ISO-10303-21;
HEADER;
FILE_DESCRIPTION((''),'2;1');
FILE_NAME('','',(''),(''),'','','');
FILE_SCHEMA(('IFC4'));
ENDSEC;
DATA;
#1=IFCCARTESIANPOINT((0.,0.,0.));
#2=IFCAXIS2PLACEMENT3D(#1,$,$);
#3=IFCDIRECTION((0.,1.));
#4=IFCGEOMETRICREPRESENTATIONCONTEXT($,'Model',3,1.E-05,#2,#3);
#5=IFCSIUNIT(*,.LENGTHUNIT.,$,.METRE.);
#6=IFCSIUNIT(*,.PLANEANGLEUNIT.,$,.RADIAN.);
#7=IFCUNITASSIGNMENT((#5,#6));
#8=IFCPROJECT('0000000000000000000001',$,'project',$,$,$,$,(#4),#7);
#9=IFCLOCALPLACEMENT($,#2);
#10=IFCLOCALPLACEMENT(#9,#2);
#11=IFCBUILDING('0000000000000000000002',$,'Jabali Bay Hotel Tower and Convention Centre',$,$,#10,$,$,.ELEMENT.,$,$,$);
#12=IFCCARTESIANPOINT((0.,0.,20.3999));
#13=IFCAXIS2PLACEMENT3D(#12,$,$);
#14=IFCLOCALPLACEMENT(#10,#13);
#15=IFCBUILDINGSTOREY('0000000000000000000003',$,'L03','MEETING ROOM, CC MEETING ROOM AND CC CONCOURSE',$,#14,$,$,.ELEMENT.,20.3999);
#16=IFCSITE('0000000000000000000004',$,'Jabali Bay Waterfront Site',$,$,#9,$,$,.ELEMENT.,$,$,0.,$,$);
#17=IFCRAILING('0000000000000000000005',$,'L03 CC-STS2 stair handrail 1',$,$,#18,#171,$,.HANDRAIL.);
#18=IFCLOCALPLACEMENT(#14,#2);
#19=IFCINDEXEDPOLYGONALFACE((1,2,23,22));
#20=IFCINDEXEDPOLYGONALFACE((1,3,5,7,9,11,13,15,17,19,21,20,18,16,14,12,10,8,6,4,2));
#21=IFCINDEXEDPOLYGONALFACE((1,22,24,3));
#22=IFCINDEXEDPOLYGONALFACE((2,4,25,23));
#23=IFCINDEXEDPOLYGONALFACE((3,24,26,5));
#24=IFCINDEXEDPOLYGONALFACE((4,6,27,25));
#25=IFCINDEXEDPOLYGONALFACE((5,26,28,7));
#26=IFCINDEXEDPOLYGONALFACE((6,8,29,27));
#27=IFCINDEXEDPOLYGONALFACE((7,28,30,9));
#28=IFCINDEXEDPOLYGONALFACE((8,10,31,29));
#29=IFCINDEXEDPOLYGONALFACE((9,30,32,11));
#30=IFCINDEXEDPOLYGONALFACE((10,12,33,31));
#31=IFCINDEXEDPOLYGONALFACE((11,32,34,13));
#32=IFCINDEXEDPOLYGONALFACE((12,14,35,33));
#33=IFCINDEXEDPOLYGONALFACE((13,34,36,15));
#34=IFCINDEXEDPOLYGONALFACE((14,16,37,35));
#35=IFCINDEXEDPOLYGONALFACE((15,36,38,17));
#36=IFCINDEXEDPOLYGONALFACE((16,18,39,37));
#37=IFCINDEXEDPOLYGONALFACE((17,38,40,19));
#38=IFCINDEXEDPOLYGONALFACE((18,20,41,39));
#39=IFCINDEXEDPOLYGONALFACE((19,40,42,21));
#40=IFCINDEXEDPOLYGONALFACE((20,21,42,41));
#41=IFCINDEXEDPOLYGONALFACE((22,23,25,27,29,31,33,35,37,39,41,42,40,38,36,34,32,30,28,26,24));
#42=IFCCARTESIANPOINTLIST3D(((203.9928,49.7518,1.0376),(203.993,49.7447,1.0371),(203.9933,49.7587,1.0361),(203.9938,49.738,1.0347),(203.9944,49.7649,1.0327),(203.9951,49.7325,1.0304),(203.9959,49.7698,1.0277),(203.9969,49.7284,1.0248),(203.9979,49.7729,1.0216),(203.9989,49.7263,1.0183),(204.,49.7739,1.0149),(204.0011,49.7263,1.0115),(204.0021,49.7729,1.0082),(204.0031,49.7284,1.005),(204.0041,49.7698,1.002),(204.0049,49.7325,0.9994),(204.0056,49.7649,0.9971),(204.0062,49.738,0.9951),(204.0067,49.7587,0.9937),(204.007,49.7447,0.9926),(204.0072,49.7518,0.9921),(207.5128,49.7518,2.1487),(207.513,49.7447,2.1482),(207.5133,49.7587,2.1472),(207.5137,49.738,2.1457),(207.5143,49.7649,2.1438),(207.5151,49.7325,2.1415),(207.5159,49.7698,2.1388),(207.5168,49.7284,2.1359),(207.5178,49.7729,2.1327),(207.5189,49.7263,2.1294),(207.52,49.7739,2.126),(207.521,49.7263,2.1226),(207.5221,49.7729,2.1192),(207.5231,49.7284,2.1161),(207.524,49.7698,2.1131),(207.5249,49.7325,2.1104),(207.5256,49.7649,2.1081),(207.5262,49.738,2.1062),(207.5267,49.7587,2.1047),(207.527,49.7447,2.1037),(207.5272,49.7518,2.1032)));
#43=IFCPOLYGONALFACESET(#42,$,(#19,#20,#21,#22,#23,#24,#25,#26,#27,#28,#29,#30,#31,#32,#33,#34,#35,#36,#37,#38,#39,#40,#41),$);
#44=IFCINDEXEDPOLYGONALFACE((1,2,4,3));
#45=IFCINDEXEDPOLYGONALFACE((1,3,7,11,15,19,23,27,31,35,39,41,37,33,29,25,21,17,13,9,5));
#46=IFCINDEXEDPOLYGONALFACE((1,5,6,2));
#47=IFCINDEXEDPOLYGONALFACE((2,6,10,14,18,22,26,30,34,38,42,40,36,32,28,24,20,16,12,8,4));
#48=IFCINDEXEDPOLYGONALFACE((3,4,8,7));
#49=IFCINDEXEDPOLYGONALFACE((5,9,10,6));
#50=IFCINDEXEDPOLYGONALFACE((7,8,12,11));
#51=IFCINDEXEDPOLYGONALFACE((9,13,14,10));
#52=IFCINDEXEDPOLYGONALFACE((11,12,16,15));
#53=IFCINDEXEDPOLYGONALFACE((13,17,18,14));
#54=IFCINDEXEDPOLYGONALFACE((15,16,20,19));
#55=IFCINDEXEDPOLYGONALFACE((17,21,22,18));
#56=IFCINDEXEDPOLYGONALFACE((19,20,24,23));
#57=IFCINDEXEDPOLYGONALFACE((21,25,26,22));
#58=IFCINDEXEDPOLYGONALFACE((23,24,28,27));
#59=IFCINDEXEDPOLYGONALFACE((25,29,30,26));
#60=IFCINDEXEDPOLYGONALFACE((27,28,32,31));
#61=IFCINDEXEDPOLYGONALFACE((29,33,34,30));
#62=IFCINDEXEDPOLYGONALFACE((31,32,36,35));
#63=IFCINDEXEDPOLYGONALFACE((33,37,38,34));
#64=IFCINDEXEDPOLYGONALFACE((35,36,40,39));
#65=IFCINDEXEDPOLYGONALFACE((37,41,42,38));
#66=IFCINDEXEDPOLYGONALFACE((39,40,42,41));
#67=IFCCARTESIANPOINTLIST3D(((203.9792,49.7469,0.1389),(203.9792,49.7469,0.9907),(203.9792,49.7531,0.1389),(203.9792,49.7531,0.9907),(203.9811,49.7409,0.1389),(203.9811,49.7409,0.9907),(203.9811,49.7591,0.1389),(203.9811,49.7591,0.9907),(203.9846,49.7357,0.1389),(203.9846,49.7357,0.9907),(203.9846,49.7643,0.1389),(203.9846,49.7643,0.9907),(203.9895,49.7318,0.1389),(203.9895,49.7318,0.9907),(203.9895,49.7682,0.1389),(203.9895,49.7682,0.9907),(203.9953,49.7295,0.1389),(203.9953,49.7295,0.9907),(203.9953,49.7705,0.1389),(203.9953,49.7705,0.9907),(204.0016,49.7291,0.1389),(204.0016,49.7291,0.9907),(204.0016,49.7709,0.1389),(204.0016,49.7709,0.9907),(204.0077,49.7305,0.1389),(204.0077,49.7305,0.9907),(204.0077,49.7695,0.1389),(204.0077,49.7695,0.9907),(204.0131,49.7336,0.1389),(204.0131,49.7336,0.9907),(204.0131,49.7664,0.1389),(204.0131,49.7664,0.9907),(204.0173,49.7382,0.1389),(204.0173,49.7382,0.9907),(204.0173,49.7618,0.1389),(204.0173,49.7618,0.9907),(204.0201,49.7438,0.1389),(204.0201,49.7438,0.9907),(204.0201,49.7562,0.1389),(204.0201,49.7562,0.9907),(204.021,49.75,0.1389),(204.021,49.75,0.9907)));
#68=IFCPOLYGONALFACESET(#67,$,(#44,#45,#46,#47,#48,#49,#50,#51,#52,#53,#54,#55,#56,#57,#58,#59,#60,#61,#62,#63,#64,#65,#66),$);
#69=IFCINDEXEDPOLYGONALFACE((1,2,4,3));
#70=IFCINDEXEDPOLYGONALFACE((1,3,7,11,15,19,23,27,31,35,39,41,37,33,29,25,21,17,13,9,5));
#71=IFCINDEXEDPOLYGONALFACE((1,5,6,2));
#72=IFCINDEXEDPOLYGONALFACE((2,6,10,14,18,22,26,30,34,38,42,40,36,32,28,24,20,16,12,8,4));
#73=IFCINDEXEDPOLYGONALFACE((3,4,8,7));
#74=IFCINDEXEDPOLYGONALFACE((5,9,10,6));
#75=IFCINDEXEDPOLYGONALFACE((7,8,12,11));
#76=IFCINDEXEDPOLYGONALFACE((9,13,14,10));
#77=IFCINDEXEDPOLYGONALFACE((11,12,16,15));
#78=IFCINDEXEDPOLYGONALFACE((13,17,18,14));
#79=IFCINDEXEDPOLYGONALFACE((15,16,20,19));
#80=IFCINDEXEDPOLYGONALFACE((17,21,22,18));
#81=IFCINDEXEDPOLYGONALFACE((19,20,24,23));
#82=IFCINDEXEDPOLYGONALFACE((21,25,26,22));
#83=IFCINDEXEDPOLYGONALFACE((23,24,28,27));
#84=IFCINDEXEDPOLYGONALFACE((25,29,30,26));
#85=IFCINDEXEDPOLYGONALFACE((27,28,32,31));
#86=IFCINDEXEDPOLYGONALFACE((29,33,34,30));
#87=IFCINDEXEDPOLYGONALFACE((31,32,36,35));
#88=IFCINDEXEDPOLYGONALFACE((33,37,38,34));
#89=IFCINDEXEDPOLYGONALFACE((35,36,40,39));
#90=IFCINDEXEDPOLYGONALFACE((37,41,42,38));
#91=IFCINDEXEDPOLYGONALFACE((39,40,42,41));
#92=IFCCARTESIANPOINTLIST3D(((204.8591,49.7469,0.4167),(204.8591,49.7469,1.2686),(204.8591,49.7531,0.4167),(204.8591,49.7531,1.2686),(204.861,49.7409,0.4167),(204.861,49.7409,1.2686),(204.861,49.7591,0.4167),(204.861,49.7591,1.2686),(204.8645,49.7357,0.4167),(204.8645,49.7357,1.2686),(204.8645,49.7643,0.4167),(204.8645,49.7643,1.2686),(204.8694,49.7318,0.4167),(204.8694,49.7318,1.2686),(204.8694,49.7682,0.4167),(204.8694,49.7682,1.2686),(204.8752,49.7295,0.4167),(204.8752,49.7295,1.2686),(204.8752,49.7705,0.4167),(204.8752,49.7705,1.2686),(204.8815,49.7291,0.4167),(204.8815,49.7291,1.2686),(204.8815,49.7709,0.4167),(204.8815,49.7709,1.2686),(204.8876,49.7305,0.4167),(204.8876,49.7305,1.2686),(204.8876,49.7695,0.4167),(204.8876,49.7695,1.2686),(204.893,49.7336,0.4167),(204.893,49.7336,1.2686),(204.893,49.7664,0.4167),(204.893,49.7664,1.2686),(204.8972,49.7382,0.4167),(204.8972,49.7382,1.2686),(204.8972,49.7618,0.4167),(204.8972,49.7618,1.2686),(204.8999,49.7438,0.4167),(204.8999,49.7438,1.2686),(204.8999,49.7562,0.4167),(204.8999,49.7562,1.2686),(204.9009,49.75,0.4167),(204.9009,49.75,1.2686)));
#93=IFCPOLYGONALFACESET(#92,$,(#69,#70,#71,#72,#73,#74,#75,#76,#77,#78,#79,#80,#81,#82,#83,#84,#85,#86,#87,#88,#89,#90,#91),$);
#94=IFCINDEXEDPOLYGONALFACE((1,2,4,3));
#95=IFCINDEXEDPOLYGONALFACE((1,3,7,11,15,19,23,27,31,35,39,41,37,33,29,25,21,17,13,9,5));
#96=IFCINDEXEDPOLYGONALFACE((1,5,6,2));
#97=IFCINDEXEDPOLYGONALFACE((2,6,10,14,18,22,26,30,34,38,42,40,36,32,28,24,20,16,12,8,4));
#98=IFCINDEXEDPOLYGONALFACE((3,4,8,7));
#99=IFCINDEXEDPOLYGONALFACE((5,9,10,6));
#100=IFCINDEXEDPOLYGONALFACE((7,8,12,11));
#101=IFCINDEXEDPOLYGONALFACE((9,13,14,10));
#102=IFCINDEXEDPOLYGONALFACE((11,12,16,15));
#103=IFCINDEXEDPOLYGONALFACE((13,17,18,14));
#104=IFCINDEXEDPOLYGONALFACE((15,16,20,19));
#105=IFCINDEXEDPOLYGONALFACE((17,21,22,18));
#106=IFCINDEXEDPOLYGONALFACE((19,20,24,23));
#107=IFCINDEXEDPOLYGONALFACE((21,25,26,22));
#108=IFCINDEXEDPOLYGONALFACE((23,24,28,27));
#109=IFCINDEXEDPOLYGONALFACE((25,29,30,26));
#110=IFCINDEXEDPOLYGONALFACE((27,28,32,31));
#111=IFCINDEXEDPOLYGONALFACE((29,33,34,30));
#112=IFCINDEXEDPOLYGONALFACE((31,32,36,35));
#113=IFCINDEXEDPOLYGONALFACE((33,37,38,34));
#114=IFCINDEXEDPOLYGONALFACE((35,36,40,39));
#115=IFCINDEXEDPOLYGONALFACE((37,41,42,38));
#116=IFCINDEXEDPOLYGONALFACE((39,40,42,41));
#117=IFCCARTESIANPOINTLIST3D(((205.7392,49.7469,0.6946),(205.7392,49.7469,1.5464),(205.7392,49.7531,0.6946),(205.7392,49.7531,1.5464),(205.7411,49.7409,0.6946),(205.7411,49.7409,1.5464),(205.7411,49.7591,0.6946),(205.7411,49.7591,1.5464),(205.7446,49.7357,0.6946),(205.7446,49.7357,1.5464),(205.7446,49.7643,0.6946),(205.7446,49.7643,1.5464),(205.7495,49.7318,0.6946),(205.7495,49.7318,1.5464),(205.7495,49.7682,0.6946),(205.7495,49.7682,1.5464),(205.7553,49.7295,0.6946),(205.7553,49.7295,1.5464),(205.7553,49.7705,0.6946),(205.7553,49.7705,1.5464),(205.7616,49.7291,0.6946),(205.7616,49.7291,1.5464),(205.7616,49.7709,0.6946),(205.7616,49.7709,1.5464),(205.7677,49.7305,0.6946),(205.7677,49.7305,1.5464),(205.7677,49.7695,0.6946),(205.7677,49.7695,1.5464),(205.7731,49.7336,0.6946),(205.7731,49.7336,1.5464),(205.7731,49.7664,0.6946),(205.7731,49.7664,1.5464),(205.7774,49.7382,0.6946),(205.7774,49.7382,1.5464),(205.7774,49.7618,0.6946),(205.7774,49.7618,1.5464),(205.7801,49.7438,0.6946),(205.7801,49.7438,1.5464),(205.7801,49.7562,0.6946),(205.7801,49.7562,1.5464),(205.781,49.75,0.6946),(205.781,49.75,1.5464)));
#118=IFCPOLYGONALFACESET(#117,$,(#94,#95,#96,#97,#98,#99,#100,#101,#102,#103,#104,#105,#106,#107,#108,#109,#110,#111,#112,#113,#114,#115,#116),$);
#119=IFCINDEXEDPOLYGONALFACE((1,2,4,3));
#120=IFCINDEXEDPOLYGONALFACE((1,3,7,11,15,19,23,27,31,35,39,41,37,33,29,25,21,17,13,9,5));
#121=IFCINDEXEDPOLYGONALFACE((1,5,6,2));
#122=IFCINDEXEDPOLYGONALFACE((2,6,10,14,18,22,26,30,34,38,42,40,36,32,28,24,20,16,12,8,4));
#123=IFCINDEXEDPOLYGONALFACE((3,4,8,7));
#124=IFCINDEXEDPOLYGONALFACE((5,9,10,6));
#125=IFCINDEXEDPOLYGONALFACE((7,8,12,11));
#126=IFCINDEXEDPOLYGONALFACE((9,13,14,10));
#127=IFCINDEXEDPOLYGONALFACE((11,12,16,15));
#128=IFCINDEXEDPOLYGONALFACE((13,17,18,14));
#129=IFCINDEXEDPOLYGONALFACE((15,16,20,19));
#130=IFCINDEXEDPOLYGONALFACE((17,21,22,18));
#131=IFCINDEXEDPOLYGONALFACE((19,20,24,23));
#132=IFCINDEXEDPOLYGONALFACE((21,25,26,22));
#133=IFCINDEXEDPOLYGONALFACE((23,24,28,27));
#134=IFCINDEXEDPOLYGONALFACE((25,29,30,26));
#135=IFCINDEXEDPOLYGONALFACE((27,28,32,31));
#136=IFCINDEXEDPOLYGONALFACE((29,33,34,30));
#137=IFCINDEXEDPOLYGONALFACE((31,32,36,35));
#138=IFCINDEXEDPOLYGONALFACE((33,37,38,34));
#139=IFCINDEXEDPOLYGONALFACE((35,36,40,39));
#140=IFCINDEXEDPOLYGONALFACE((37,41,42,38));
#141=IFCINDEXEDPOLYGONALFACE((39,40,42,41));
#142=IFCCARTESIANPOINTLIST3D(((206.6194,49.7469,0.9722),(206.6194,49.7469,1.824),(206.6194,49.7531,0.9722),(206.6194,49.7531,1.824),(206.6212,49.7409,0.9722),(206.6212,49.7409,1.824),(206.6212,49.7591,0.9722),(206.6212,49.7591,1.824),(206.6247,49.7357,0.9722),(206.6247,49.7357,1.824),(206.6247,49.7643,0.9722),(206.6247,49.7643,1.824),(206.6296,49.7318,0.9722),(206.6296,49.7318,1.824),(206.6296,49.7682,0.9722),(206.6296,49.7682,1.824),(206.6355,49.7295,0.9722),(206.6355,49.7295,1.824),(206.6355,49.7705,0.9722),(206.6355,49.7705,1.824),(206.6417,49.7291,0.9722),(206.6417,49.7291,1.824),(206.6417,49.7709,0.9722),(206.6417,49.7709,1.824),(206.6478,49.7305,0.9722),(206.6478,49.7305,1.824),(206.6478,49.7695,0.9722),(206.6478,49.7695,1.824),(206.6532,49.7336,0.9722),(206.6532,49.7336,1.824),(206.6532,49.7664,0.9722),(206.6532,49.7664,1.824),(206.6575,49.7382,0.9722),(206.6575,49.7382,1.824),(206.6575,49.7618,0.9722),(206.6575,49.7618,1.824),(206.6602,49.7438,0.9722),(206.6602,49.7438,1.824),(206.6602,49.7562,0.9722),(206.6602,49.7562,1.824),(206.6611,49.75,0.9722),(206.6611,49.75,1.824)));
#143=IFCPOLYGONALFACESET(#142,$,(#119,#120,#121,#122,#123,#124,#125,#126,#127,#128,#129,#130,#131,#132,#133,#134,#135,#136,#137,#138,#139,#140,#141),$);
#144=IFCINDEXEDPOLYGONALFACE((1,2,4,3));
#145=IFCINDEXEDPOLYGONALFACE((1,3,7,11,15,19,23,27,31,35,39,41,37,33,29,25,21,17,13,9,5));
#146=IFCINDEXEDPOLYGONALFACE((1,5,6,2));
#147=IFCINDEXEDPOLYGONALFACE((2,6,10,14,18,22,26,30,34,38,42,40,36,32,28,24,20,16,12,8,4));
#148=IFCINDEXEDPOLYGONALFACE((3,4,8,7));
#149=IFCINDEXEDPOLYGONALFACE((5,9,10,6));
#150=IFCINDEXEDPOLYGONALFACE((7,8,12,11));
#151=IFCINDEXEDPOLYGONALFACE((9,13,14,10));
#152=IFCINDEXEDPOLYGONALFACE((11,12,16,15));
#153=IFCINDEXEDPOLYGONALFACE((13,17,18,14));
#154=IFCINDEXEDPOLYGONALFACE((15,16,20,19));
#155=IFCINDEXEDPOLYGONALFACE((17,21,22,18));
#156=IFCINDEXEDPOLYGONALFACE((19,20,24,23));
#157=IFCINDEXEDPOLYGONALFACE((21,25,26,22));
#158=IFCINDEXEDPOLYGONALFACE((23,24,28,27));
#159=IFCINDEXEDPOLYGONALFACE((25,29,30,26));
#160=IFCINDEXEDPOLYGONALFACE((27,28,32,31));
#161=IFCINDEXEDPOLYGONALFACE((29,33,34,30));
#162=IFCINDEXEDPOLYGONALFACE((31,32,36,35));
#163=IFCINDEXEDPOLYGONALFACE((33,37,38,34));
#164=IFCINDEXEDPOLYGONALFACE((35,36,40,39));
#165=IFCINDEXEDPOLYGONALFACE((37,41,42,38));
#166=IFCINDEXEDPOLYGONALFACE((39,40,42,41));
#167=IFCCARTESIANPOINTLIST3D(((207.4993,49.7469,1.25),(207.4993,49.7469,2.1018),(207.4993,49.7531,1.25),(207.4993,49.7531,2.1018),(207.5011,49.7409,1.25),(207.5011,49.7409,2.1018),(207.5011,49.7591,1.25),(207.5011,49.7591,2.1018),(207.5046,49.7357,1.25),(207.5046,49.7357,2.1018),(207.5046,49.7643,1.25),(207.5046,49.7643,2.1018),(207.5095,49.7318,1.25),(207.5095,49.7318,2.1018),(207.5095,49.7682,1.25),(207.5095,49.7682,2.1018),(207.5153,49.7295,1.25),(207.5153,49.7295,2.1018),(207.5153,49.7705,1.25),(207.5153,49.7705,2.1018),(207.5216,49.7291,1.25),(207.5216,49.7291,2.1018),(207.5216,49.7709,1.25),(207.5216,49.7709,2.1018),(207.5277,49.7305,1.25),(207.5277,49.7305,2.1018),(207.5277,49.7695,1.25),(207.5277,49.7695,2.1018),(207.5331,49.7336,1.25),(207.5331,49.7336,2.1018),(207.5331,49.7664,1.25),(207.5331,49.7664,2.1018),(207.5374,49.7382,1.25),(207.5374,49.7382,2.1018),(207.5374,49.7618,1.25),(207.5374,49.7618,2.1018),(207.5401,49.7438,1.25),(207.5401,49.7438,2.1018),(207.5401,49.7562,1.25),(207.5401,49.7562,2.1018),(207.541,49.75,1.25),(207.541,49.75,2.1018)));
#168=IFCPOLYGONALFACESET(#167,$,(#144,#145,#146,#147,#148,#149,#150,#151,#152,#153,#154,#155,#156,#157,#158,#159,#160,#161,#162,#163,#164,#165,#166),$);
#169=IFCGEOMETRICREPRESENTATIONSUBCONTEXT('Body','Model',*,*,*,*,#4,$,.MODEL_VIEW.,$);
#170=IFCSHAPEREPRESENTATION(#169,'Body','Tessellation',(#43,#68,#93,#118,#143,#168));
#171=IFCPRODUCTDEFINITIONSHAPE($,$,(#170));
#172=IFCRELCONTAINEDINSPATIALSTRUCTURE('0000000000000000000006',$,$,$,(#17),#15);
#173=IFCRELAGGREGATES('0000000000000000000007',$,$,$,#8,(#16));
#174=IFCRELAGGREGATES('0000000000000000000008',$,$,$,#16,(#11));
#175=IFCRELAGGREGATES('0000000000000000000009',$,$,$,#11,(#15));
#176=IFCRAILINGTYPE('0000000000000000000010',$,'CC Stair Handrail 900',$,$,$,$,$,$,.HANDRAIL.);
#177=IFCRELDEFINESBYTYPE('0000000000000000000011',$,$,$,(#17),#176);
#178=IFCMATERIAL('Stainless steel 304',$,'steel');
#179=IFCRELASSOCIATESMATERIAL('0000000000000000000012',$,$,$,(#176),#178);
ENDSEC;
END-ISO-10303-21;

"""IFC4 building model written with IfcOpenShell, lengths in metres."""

from ifc_helpers import new_model, si_unit, direction, frame, origin, origin_2d, place, context, subcontext, project, spatial, circle, extrude, material, type_object, element, save


model = new_model("IFC4")

# Units and contexts
model_context = context("Model", 3, precision=1e-05, world=origin(), true_north=direction((0.0, 1.0)))
body_context = subcontext(model_context, "Body", "Model", "MODEL_VIEW")
ifc_project = project(units=[si_unit("LENGTHUNIT", "METRE"), si_unit("PLANEANGLEUNIT", "RADIAN")], contexts=[model_context])

# Site, building, storey
site_placement = place(None, origin())
site = spatial("IfcSite", under=ifc_project, at=site_placement, Name="Jabali Bay Waterfront Site", CompositionType="ELEMENT", RefElevation=0.0)
building_placement = place(site_placement, origin())
building = spatial("IfcBuilding", under=site, at=building_placement, Name="Jabali Bay Hotel Tower and Convention Centre", CompositionType="ELEMENT")
storey_placement = place(building_placement, frame((0.0, 0.0, 20.3999)))
storey = spatial("IfcBuildingStorey", under=building, at=storey_placement, Name="L03", Description="MEETING ROOM, CC MEETING ROOM AND CC CONCOURSE", CompositionType="ELEMENT", Elevation=20.3999)

# Railing
ifc_material_1 = material(Name="Stainless steel 304", Category="steel")
railing_type = type_object("IfcRailingType", Name="CC Stair Handrail 900", PredefinedType="HANDRAIL", material=ifc_material_1)
for number, where, name in (
    (1, (204.0, 49.75, 0.1389), "L03 CC-STS2 stair handrail 1"),
):
    element("IfcRailing", number, at=place(storey_placement, frame(where)), inside=storey, type_object=railing_type, Name=name, PredefinedType="HANDRAIL", context=body_context, shape_type="SweptSolid", body=[
        extrude(circle(Radius=0.0239, at=origin_2d()), frame((0.0, 0.0, 0.876), z_axis=(0.953622, 0.0, 0.301008), x_axis=(0.0, 1.0, 0.0)), (0.0, 0.0, 1.0), 3.6912),
        extrude(circle(Radius=0.021, at=origin_2d()), origin(), (0.0, 0.0, 1.0), 0.8518),
        extrude(circle(Radius=0.021, at=origin_2d()), frame((0.8799, 0.0, 0.2778)), (0.0, 0.0, 1.0), 0.8518),
        extrude(circle(Radius=0.021, at=origin_2d()), frame((1.76, 0.0, 0.5557)), (0.0, 0.0, 1.0), 0.8518),
        extrude(circle(Radius=0.021, at=origin_2d()), frame((2.6401, 0.0, 0.8333)), (0.0, 0.0, 1.0), 0.8518),
        extrude(circle(Radius=0.021, at=origin_2d()), frame((3.52, 0.0, 1.1111)), (0.0, 0.0, 1.0), 0.8518),
    ])

save(model, "model.ifc")
